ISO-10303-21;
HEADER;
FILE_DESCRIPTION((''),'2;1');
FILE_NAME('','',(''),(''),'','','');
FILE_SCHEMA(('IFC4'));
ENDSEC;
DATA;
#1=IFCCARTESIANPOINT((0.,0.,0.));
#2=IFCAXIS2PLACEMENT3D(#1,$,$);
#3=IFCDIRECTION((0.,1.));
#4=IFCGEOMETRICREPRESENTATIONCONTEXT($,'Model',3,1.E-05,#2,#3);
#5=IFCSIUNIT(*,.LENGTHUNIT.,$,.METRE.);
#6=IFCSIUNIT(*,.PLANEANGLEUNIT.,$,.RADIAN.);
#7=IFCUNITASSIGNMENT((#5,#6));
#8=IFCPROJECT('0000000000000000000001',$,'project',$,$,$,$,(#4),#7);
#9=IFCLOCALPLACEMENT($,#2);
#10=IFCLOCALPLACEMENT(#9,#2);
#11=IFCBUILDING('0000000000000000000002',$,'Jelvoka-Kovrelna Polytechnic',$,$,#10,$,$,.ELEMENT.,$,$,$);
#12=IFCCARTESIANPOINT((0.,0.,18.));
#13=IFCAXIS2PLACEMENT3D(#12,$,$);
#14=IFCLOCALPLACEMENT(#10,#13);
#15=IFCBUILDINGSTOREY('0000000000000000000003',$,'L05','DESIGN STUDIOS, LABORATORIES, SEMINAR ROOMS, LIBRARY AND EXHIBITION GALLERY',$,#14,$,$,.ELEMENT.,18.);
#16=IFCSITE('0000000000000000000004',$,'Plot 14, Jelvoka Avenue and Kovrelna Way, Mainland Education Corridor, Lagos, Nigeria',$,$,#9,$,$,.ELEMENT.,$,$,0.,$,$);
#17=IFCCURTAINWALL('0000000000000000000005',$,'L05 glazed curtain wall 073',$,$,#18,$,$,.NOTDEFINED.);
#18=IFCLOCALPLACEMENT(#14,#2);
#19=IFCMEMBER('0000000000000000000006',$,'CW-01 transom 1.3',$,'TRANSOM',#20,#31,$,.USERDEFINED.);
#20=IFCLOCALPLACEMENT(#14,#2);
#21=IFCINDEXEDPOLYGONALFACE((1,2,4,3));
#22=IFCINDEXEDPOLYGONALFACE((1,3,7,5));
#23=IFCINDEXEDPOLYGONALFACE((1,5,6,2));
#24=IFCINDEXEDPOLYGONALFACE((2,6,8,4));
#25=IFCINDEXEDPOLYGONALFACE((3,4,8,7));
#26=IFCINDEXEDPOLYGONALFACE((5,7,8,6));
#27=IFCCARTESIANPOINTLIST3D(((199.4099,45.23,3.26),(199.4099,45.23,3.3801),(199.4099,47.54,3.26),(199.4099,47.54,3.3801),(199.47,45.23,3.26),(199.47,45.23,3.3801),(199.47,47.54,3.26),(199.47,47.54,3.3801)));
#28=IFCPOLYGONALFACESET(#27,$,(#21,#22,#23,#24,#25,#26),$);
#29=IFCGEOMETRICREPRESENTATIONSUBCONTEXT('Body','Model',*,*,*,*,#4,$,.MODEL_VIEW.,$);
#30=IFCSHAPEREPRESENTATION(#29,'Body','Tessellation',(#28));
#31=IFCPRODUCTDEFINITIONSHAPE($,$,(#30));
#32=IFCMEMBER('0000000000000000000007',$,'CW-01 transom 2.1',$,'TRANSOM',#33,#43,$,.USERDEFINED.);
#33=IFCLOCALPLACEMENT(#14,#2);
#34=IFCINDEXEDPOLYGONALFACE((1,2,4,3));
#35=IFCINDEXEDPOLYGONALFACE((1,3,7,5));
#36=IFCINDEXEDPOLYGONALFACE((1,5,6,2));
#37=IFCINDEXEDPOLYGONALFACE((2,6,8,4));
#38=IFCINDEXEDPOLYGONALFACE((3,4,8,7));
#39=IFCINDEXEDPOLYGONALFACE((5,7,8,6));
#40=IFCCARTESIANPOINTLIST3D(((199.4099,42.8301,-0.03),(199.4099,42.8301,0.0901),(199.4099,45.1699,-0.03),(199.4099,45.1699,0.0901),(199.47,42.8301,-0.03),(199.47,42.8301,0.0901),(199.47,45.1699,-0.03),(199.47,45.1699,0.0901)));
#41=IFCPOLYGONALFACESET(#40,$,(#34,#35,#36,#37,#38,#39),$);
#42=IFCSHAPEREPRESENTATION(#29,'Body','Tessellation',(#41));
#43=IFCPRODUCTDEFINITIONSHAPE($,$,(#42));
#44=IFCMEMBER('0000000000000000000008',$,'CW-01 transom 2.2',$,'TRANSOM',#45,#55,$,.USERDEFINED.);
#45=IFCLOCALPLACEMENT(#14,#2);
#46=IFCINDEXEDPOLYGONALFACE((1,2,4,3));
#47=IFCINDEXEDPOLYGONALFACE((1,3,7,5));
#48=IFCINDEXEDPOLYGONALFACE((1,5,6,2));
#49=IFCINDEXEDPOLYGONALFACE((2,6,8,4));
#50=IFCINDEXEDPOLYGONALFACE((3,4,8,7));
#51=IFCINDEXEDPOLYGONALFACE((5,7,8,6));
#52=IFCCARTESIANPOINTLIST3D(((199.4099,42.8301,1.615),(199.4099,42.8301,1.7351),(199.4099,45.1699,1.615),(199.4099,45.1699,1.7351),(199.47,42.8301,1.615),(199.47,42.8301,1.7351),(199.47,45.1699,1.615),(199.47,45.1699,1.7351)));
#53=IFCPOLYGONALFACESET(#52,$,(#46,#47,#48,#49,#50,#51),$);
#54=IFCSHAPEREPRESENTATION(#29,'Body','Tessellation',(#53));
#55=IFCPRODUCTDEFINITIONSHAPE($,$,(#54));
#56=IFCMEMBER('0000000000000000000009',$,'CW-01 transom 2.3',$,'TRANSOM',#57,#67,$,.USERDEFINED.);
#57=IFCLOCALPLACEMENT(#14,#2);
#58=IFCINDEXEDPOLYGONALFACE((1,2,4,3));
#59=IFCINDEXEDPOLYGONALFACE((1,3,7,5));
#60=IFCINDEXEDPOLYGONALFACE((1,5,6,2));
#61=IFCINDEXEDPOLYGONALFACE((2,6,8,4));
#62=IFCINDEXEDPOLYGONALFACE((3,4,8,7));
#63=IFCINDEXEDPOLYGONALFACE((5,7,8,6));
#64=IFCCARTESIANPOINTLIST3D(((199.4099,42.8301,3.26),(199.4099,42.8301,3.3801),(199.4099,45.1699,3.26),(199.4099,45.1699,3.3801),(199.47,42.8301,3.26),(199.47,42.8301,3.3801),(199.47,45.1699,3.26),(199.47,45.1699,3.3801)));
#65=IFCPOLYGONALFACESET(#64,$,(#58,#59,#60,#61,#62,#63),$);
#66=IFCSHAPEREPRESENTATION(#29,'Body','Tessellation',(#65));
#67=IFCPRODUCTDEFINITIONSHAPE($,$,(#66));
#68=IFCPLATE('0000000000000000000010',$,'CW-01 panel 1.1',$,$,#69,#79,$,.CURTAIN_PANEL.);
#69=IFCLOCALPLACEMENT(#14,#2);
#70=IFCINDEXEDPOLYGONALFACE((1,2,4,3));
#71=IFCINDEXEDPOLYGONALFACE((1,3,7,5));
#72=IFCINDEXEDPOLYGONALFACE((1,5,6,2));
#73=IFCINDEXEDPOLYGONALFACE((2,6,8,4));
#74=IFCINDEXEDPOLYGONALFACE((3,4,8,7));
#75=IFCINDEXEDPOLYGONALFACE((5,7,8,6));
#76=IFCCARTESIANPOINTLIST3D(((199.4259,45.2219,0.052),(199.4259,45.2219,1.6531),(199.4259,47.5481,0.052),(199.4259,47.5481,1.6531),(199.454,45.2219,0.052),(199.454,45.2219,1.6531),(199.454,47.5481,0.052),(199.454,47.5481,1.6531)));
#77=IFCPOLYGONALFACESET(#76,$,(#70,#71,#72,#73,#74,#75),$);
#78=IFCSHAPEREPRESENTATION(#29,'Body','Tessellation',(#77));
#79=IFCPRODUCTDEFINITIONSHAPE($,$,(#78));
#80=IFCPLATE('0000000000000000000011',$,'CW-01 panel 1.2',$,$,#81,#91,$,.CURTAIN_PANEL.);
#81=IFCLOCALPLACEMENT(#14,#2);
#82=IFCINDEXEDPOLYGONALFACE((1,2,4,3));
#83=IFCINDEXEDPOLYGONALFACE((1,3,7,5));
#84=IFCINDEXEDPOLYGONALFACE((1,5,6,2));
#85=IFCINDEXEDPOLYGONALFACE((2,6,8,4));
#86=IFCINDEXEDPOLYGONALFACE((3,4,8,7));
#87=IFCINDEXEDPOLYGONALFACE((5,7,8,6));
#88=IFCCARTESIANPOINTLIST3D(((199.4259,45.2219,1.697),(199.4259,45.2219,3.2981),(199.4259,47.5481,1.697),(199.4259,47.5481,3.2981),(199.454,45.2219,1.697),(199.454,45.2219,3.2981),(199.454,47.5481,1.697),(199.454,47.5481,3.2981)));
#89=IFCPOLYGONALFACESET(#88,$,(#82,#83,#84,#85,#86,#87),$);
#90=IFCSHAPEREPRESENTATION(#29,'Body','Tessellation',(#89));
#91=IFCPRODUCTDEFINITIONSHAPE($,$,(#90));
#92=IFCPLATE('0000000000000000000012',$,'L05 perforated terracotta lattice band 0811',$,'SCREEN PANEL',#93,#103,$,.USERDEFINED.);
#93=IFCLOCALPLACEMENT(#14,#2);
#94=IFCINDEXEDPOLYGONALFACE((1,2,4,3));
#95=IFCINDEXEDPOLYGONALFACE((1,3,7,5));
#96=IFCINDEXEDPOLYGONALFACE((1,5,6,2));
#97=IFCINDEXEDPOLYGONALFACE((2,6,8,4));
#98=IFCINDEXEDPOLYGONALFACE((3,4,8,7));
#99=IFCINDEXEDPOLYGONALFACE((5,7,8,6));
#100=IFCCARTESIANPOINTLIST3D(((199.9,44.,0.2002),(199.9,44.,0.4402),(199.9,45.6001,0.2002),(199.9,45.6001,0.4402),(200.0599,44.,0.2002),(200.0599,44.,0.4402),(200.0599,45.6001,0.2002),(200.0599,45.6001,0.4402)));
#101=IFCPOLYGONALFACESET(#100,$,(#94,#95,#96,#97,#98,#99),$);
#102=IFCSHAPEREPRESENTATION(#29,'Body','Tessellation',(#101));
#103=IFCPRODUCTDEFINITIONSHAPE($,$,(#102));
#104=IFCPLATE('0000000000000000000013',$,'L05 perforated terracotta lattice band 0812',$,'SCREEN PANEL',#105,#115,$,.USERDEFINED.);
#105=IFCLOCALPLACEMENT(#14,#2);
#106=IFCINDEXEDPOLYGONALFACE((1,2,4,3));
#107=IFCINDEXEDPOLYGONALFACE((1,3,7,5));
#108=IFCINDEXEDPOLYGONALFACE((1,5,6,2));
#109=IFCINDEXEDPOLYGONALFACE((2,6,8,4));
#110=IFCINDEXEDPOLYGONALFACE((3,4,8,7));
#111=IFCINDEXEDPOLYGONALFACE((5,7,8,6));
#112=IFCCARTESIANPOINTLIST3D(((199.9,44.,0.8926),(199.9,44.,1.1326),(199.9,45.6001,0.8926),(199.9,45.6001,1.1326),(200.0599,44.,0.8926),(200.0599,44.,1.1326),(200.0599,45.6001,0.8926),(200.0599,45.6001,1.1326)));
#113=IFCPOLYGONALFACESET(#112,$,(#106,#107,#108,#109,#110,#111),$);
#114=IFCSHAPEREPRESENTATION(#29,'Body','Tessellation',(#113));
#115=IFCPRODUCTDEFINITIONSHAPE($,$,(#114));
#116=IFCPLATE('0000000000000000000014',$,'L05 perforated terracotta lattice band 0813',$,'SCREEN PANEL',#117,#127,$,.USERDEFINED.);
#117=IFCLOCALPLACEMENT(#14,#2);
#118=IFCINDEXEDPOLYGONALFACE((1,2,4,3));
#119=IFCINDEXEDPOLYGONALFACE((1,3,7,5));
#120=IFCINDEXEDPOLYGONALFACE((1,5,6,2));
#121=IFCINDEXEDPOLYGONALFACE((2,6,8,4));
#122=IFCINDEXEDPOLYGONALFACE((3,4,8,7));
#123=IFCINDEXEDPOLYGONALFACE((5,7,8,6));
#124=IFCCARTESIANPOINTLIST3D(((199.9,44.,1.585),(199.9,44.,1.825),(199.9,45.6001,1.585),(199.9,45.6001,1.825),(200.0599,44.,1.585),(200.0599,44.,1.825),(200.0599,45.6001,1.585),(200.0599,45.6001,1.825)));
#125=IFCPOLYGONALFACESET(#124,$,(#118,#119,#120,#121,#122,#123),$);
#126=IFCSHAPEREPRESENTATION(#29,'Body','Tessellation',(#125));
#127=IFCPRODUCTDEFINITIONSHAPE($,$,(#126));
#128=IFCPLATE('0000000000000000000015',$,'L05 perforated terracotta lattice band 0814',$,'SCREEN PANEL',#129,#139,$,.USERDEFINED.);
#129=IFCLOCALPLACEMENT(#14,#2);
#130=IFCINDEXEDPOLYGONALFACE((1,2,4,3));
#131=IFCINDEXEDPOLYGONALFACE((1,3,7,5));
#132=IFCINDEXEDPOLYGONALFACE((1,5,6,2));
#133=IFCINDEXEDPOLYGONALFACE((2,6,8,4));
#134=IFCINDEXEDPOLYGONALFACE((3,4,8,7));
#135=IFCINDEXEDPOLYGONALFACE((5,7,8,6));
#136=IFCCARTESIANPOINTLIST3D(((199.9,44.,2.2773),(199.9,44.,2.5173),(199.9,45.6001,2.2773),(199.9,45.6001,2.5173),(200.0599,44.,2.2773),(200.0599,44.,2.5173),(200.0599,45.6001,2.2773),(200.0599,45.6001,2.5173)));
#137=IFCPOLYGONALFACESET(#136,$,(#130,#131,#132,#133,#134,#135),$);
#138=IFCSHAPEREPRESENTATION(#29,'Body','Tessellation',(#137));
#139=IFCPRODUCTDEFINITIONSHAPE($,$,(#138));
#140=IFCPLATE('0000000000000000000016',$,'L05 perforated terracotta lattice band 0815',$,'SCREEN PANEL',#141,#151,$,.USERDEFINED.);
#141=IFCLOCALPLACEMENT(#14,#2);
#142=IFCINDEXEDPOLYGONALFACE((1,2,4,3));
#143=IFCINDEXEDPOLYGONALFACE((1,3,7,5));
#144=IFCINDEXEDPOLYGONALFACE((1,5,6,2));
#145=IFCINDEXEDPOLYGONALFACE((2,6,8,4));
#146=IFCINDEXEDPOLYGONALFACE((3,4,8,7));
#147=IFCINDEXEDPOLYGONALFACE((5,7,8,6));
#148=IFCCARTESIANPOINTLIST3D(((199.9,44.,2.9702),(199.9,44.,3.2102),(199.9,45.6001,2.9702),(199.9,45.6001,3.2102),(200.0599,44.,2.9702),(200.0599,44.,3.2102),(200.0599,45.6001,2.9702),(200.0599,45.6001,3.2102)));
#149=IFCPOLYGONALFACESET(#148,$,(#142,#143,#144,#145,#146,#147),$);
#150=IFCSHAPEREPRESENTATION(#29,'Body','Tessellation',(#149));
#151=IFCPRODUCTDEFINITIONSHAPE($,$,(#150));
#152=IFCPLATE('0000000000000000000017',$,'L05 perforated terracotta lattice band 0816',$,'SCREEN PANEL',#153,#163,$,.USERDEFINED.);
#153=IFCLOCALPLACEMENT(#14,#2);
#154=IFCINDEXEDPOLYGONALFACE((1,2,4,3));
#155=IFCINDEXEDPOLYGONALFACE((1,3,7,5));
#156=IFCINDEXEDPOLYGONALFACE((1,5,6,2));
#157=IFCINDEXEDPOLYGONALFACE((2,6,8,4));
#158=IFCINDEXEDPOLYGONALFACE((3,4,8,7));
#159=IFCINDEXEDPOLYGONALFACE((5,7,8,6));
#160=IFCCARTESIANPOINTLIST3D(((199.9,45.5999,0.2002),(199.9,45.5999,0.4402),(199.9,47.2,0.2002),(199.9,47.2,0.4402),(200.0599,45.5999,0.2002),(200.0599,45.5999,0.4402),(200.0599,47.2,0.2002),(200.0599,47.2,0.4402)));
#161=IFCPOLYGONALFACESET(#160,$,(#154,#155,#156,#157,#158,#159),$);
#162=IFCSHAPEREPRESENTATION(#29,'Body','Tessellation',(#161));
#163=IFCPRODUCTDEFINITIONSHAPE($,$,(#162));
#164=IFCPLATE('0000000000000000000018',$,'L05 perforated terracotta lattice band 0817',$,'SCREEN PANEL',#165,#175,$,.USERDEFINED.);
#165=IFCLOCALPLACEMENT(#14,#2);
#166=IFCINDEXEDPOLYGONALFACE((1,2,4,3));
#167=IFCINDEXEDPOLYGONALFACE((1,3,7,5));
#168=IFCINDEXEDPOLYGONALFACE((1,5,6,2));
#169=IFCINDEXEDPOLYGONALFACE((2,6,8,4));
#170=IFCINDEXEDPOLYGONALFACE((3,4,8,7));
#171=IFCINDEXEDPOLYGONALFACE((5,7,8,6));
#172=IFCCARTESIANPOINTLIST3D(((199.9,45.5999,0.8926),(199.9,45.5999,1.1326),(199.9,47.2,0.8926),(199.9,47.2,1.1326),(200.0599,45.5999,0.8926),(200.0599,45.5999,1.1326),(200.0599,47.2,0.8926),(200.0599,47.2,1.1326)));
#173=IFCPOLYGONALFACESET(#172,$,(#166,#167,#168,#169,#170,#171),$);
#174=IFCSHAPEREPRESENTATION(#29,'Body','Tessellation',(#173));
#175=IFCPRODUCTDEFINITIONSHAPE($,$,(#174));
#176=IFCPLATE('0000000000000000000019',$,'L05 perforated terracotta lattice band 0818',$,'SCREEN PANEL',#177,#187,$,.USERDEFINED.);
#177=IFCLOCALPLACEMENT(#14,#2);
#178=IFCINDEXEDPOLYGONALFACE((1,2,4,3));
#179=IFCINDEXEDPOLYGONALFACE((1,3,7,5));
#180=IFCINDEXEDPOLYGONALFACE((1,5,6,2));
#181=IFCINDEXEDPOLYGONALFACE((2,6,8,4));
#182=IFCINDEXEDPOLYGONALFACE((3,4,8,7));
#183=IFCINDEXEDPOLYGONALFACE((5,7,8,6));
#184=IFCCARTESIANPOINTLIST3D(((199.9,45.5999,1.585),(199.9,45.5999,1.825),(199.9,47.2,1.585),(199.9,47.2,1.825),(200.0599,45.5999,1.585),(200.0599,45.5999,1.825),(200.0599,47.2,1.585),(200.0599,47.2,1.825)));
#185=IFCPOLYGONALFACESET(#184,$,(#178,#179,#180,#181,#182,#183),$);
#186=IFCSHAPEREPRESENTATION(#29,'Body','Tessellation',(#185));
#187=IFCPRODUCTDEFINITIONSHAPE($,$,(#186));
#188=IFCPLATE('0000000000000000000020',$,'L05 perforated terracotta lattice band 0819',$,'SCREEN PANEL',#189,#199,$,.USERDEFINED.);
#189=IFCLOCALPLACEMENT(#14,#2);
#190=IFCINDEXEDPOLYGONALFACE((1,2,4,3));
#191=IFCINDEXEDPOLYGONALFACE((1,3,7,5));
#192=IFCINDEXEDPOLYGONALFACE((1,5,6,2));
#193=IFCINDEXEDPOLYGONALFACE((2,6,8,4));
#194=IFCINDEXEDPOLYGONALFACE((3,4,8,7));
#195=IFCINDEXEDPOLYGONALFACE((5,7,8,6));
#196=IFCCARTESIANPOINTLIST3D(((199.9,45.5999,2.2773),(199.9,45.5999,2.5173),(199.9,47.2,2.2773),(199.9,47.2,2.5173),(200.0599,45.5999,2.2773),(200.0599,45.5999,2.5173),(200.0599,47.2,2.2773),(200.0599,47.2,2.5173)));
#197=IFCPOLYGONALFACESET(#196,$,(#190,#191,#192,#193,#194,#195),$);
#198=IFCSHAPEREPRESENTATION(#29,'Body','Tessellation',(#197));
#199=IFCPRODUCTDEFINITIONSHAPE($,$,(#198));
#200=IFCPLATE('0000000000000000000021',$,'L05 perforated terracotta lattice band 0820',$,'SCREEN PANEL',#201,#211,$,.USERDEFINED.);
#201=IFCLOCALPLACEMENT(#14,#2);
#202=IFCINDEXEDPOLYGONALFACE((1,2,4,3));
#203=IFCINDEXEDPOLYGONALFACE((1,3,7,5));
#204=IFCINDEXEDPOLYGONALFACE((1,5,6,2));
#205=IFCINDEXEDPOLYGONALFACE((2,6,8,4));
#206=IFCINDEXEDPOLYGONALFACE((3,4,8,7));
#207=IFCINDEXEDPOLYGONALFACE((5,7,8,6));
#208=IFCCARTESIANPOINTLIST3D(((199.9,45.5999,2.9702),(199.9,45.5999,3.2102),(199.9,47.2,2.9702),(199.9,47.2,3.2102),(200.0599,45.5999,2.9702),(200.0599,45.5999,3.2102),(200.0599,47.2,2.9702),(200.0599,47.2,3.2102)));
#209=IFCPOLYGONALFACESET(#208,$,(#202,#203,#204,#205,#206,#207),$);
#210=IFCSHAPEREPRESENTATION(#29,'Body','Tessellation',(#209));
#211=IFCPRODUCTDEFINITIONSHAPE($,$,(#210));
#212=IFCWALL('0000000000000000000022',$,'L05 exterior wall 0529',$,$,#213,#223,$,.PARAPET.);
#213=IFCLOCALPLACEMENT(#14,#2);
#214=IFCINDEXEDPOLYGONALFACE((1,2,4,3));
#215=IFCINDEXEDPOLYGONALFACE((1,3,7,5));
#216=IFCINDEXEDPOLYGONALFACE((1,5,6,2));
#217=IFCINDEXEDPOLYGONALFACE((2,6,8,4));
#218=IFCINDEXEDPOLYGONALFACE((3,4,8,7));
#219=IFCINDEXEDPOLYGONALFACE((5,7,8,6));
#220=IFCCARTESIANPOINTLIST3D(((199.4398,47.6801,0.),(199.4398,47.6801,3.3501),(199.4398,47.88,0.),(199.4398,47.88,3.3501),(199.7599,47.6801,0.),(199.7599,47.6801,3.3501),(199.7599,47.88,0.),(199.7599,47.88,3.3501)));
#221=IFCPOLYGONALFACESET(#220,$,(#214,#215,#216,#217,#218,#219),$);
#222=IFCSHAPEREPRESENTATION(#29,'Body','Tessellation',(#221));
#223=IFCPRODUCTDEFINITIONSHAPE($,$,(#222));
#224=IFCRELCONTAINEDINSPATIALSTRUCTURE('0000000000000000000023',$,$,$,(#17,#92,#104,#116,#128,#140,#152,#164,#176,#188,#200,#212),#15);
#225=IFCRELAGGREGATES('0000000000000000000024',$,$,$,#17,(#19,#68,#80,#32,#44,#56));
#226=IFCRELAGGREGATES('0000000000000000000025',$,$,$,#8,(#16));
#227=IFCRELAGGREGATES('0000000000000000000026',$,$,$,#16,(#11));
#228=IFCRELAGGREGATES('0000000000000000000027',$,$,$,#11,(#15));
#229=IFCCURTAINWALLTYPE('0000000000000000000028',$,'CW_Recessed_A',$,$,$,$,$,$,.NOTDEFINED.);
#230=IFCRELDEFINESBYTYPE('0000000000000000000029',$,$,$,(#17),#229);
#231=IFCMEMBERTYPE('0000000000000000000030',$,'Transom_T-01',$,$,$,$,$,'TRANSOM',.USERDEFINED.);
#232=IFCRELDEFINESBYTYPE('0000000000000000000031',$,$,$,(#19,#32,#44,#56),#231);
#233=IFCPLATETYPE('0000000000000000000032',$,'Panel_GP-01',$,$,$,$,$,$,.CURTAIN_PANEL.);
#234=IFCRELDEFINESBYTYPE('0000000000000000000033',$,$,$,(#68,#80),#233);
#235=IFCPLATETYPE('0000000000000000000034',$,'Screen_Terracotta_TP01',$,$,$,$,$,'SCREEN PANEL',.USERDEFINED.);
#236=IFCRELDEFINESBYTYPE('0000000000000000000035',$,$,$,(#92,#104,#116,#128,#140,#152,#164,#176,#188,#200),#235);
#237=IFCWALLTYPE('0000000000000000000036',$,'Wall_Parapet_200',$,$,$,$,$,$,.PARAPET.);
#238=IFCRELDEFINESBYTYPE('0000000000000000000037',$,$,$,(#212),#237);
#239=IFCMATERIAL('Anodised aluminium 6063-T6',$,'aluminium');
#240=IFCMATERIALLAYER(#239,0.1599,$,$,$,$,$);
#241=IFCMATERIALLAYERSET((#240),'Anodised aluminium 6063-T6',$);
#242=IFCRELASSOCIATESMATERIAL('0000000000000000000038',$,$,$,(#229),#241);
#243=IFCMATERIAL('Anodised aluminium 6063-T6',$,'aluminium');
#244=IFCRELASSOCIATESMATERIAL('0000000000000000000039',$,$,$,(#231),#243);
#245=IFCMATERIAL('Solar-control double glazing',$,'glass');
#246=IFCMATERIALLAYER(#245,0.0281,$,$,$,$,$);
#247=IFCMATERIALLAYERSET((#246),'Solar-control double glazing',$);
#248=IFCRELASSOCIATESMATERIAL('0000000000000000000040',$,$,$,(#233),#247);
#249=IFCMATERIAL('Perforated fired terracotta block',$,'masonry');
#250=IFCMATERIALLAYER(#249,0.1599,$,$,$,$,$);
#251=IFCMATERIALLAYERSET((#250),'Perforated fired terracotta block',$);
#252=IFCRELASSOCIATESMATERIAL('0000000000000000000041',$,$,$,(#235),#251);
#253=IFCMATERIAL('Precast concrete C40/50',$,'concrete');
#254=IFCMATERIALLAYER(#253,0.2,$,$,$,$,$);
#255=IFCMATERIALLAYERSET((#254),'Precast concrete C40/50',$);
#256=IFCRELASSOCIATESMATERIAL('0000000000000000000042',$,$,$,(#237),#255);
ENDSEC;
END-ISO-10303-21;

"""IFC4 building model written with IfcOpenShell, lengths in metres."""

from ifc_helpers import new_model, si_unit, direction, frame, frame_2d, origin, origin_2d, place, context, subcontext, project, spatial, rectangle, extrude, material, layer, layer_set, material_profile, profile_set, type_object, element, aggregate, save


model = new_model("IFC4")

# Units and contexts
model_context = context("Model", 3, precision=1e-05, world=origin(), true_north=direction((0.0, 1.0)))
body_context = subcontext(model_context, "Body", "Model", "MODEL_VIEW")
ifc_project = project(units=[si_unit("LENGTHUNIT", "METRE"), si_unit("PLANEANGLEUNIT", "RADIAN")], contexts=[model_context])

# Site, building, storey
site_placement = place(None, origin())
site = spatial("IfcSite", under=ifc_project, at=site_placement, Name="Plot 14, Jelvoka Avenue and Kovrelna Way, Mainland Education Corridor, Lagos, Nigeria", CompositionType="ELEMENT", RefElevation=0.0)
building_placement = place(site_placement, origin())
building = spatial("IfcBuilding", under=site, at=building_placement, Name="Jelvoka-Kovrelna Polytechnic", CompositionType="ELEMENT")
storey_placement = place(building_placement, frame((0.0, 0.0, 18.0)))
storey = spatial("IfcBuildingStorey", under=building, at=storey_placement, Name="L05", Description="DESIGN STUDIOS, LABORATORIES, SEMINAR ROOMS, LIBRARY AND EXHIBITION GALLERY", CompositionType="ELEMENT", Elevation=18.0)

# Curtain wall, members, plates
ifc_material_1 = material(Name="Anodised aluminium 6063-T6", Category="aluminium")
ifc_layer_1 = layer(ifc_material_1, 0.1599)
ifc_layer_set_1 = layer_set([ifc_layer_1], Name="Anodised aluminium 6063-T6")
curtain_wall_type = type_object("IfcCurtainWallType", Name="CW_Recessed_A", PredefinedType="NOTDEFINED", material=ifc_layer_set_1)
curtain_wall_placement = place(storey_placement, origin())
curtain_wall = element("IfcCurtainWall", 1, at=curtain_wall_placement, inside=storey, type_object=curtain_wall_type, Name="L05 glazed curtain wall 073", PredefinedType="NOTDEFINED")
ifc_material_2 = material(Name="Anodised aluminium 6063-T6", Category="aluminium")
ifc_material_profile_1 = material_profile(ifc_material_2, rectangle(XDim=0.0601, YDim=0.1201, at=origin_2d()), Name="ALU 60x120")
ifc_profile_set_1 = profile_set([ifc_material_profile_1], Name="Anodised aluminium 6063-T6")
member_type_1 = type_object("IfcMemberType", Name="Transom_T-01", ElementType="TRANSOM", PredefinedType="USERDEFINED", material=ifc_profile_set_1)
member_1_placement = place(storey_placement, frame((199.4399, 47.54, 3.3201), z_axis=(0.0, -1.0, 0.0), x_axis=(1.0, 0.0, 0.0)))
member_1 = element("IfcMember", 2, at=member_1_placement, type_object=member_type_1, Name="CW-01 transom 1.3", ObjectType="TRANSOM", PredefinedType="USERDEFINED", context=body_context, shape_type="SweptSolid", body=[
    extrude(rectangle(XDim=0.0601, YDim=0.1201, at=origin_2d()), origin(), (0.0, 0.0, 1.0), 2.3101),
])
member_2_placement = place(storey_placement, frame((199.4399, 45.1699, 0.03), z_axis=(0.0, -1.0, 0.0), x_axis=(1.0, 0.0, 0.0)))
member_2 = element("IfcMember", 3, at=member_2_placement, type_object=member_type_1, Name="CW-01 transom 2.1", ObjectType="TRANSOM", PredefinedType="USERDEFINED", context=body_context, shape_type="SweptSolid", body=[
    extrude(rectangle(XDim=0.0601, YDim=0.1201, at=origin_2d()), origin(), (0.0, 0.0, 1.0), 2.3398),
])
member_3_placement = place(storey_placement, frame((199.4399, 45.1699, 1.675), z_axis=(0.0, -1.0, 0.0), x_axis=(1.0, 0.0, 0.0)))
member_3 = element("IfcMember", 4, at=member_3_placement, type_object=member_type_1, Name="CW-01 transom 2.2", ObjectType="TRANSOM", PredefinedType="USERDEFINED", context=body_context, shape_type="SweptSolid", body=[
    extrude(rectangle(XDim=0.0601, YDim=0.1201, at=origin_2d()), origin(), (0.0, 0.0, 1.0), 2.3398),
])
member_4_placement = place(storey_placement, frame((199.4399, 45.1699, 3.3201), z_axis=(0.0, -1.0, 0.0), x_axis=(1.0, 0.0, 0.0)))
member_4 = element("IfcMember", 5, at=member_4_placement, type_object=member_type_1, Name="CW-01 transom 2.3", ObjectType="TRANSOM", PredefinedType="USERDEFINED", context=body_context, shape_type="SweptSolid", body=[
    extrude(rectangle(XDim=0.0601, YDim=0.1201, at=origin_2d()), origin(), (0.0, 0.0, 1.0), 2.3398),
])
ifc_material_3 = material(Name="Solar-control double glazing", Category="glass")
ifc_layer_2 = layer(ifc_material_3, 0.0281)
ifc_layer_set_2 = layer_set([ifc_layer_2], Name="Solar-control double glazing")
plate_type_1 = type_object("IfcPlateType", Name="Panel_GP-01", PredefinedType="CURTAIN_PANEL", material=ifc_layer_set_2)
plate_1_placement = place(storey_placement, frame((199.4399, 46.385, 0.052), z_axis=(0.0, 0.0, 1.0), x_axis=(0.0, -1.0, 0.0)))
plate_1 = element("IfcPlate", 6, at=plate_1_placement, type_object=plate_type_1, Name="CW-01 panel 1.1", PredefinedType="CURTAIN_PANEL", context=body_context, shape_type="SweptSolid", body=[
    extrude(rectangle(XDim=2.3262, YDim=0.0281, at=origin_2d()), origin(), (0.0, 0.0, 1.0), 1.6011),
])
plate_2_placement = place(storey_placement, frame((199.4399, 46.385, 1.697), z_axis=(0.0, 0.0, 1.0), x_axis=(0.0, -1.0, 0.0)))
plate_2 = element("IfcPlate", 7, at=plate_2_placement, type_object=plate_type_1, Name="CW-01 panel 1.2", PredefinedType="CURTAIN_PANEL", context=body_context, shape_type="SweptSolid", body=[
    extrude(rectangle(XDim=2.3262, YDim=0.0281, at=origin_2d()), origin(), (0.0, 0.0, 1.0), 1.6011),
])
aggregate(curtain_wall, [member_1, plate_1, plate_2, member_2, member_3, member_4])

# Plates
ifc_material_4 = material(Name="Perforated fired terracotta block", Category="masonry")
ifc_layer_3 = layer(ifc_material_4, 0.1599)
ifc_layer_set_3 = layer_set([ifc_layer_3], Name="Perforated fired terracotta block")
plate_type_2 = type_object("IfcPlateType", Name="Screen_Terracotta_TP01", ElementType="SCREEN PANEL", PredefinedType="USERDEFINED", material=ifc_layer_set_3)
for number, where, z_axis, x_axis, name in (
    (8, (199.98, 44.8, 0.2002), (0.0, 0.0, 1.0), (0.0, 1.0, 0.0), "L05 perforated terracotta lattice band 0811"),
    (9, (199.98, 44.8, 0.8926), (0.0, 0.0, 1.0), (0.0, 1.0, 0.0), "L05 perforated terracotta lattice band 0812"),
    (10, (199.98, 44.8, 1.585), (0.0, 0.0, 1.0), (0.0, 1.0, 0.0), "L05 perforated terracotta lattice band 0813"),
    (11, (199.98, 44.8, 2.2773), (0.0, 0.0, 1.0), (0.0, 1.0, 0.0), "L05 perforated terracotta lattice band 0814"),
    (12, (199.98, 44.8, 2.9702), (0.0, 0.0, 1.0), (0.0, 1.0, 0.0), "L05 perforated terracotta lattice band 0815"),
    (13, (199.98, 46.3999, 0.2002), (0.0, 0.0, 1.0), (0.0, 1.0, 0.0), "L05 perforated terracotta lattice band 0816"),
    (14, (199.98, 46.3999, 0.8926), (0.0, 0.0, 1.0), (0.0, 1.0, 0.0), "L05 perforated terracotta lattice band 0817"),
    (15, (199.98, 46.3999, 1.585), (0.0, 0.0, 1.0), (0.0, 1.0, 0.0), "L05 perforated terracotta lattice band 0818"),
    (16, (199.98, 46.3999, 2.2773), (0.0, 0.0, 1.0), (0.0, 1.0, 0.0), "L05 perforated terracotta lattice band 0819"),
    (17, (199.98, 46.3999, 2.9702), (0.0, 0.0, 1.0), (0.0, 1.0, 0.0), "L05 perforated terracotta lattice band 0820"),
):
    element("IfcPlate", number, at=place(storey_placement, frame(where, z_axis=z_axis, x_axis=x_axis)), inside=storey, type_object=plate_type_2, Name=name, ObjectType="SCREEN PANEL", PredefinedType="USERDEFINED", context=body_context, shape_type="SweptSolid", body=[
        extrude(rectangle(XDim=1.6001, YDim=0.1599, at=origin_2d()), origin(), (0.0, 0.0, 1.0), 0.24),
    ])

# Wall
ifc_material_5 = material(Name="Precast concrete C40/50", Category="concrete")
ifc_layer_4 = layer(ifc_material_5, 0.2)
ifc_layer_set_4 = layer_set([ifc_layer_4], Name="Precast concrete C40/50")
wall_type = type_object("IfcWallType", Name="Wall_Parapet_200", PredefinedType="PARAPET", material=ifc_layer_set_4)
wall_placement = place(storey_placement, frame((199.76, 47.78, 0.0), z_axis=(0.0, 0.0, 1.0), x_axis=(-1.0, 0.0, 0.0)))
element("IfcWall", 18, at=wall_placement, inside=storey, type_object=wall_type, Name="L05 exterior wall 0529", PredefinedType="PARAPET", context=body_context, shape_type="SweptSolid", body=[
    extrude(rectangle(XDim=0.3201, YDim=0.2, at=frame_2d((0.1602, 0.0))), origin(), (0.0, 0.0, 1.0), 3.3501),
])

save(model, "model.ifc")
